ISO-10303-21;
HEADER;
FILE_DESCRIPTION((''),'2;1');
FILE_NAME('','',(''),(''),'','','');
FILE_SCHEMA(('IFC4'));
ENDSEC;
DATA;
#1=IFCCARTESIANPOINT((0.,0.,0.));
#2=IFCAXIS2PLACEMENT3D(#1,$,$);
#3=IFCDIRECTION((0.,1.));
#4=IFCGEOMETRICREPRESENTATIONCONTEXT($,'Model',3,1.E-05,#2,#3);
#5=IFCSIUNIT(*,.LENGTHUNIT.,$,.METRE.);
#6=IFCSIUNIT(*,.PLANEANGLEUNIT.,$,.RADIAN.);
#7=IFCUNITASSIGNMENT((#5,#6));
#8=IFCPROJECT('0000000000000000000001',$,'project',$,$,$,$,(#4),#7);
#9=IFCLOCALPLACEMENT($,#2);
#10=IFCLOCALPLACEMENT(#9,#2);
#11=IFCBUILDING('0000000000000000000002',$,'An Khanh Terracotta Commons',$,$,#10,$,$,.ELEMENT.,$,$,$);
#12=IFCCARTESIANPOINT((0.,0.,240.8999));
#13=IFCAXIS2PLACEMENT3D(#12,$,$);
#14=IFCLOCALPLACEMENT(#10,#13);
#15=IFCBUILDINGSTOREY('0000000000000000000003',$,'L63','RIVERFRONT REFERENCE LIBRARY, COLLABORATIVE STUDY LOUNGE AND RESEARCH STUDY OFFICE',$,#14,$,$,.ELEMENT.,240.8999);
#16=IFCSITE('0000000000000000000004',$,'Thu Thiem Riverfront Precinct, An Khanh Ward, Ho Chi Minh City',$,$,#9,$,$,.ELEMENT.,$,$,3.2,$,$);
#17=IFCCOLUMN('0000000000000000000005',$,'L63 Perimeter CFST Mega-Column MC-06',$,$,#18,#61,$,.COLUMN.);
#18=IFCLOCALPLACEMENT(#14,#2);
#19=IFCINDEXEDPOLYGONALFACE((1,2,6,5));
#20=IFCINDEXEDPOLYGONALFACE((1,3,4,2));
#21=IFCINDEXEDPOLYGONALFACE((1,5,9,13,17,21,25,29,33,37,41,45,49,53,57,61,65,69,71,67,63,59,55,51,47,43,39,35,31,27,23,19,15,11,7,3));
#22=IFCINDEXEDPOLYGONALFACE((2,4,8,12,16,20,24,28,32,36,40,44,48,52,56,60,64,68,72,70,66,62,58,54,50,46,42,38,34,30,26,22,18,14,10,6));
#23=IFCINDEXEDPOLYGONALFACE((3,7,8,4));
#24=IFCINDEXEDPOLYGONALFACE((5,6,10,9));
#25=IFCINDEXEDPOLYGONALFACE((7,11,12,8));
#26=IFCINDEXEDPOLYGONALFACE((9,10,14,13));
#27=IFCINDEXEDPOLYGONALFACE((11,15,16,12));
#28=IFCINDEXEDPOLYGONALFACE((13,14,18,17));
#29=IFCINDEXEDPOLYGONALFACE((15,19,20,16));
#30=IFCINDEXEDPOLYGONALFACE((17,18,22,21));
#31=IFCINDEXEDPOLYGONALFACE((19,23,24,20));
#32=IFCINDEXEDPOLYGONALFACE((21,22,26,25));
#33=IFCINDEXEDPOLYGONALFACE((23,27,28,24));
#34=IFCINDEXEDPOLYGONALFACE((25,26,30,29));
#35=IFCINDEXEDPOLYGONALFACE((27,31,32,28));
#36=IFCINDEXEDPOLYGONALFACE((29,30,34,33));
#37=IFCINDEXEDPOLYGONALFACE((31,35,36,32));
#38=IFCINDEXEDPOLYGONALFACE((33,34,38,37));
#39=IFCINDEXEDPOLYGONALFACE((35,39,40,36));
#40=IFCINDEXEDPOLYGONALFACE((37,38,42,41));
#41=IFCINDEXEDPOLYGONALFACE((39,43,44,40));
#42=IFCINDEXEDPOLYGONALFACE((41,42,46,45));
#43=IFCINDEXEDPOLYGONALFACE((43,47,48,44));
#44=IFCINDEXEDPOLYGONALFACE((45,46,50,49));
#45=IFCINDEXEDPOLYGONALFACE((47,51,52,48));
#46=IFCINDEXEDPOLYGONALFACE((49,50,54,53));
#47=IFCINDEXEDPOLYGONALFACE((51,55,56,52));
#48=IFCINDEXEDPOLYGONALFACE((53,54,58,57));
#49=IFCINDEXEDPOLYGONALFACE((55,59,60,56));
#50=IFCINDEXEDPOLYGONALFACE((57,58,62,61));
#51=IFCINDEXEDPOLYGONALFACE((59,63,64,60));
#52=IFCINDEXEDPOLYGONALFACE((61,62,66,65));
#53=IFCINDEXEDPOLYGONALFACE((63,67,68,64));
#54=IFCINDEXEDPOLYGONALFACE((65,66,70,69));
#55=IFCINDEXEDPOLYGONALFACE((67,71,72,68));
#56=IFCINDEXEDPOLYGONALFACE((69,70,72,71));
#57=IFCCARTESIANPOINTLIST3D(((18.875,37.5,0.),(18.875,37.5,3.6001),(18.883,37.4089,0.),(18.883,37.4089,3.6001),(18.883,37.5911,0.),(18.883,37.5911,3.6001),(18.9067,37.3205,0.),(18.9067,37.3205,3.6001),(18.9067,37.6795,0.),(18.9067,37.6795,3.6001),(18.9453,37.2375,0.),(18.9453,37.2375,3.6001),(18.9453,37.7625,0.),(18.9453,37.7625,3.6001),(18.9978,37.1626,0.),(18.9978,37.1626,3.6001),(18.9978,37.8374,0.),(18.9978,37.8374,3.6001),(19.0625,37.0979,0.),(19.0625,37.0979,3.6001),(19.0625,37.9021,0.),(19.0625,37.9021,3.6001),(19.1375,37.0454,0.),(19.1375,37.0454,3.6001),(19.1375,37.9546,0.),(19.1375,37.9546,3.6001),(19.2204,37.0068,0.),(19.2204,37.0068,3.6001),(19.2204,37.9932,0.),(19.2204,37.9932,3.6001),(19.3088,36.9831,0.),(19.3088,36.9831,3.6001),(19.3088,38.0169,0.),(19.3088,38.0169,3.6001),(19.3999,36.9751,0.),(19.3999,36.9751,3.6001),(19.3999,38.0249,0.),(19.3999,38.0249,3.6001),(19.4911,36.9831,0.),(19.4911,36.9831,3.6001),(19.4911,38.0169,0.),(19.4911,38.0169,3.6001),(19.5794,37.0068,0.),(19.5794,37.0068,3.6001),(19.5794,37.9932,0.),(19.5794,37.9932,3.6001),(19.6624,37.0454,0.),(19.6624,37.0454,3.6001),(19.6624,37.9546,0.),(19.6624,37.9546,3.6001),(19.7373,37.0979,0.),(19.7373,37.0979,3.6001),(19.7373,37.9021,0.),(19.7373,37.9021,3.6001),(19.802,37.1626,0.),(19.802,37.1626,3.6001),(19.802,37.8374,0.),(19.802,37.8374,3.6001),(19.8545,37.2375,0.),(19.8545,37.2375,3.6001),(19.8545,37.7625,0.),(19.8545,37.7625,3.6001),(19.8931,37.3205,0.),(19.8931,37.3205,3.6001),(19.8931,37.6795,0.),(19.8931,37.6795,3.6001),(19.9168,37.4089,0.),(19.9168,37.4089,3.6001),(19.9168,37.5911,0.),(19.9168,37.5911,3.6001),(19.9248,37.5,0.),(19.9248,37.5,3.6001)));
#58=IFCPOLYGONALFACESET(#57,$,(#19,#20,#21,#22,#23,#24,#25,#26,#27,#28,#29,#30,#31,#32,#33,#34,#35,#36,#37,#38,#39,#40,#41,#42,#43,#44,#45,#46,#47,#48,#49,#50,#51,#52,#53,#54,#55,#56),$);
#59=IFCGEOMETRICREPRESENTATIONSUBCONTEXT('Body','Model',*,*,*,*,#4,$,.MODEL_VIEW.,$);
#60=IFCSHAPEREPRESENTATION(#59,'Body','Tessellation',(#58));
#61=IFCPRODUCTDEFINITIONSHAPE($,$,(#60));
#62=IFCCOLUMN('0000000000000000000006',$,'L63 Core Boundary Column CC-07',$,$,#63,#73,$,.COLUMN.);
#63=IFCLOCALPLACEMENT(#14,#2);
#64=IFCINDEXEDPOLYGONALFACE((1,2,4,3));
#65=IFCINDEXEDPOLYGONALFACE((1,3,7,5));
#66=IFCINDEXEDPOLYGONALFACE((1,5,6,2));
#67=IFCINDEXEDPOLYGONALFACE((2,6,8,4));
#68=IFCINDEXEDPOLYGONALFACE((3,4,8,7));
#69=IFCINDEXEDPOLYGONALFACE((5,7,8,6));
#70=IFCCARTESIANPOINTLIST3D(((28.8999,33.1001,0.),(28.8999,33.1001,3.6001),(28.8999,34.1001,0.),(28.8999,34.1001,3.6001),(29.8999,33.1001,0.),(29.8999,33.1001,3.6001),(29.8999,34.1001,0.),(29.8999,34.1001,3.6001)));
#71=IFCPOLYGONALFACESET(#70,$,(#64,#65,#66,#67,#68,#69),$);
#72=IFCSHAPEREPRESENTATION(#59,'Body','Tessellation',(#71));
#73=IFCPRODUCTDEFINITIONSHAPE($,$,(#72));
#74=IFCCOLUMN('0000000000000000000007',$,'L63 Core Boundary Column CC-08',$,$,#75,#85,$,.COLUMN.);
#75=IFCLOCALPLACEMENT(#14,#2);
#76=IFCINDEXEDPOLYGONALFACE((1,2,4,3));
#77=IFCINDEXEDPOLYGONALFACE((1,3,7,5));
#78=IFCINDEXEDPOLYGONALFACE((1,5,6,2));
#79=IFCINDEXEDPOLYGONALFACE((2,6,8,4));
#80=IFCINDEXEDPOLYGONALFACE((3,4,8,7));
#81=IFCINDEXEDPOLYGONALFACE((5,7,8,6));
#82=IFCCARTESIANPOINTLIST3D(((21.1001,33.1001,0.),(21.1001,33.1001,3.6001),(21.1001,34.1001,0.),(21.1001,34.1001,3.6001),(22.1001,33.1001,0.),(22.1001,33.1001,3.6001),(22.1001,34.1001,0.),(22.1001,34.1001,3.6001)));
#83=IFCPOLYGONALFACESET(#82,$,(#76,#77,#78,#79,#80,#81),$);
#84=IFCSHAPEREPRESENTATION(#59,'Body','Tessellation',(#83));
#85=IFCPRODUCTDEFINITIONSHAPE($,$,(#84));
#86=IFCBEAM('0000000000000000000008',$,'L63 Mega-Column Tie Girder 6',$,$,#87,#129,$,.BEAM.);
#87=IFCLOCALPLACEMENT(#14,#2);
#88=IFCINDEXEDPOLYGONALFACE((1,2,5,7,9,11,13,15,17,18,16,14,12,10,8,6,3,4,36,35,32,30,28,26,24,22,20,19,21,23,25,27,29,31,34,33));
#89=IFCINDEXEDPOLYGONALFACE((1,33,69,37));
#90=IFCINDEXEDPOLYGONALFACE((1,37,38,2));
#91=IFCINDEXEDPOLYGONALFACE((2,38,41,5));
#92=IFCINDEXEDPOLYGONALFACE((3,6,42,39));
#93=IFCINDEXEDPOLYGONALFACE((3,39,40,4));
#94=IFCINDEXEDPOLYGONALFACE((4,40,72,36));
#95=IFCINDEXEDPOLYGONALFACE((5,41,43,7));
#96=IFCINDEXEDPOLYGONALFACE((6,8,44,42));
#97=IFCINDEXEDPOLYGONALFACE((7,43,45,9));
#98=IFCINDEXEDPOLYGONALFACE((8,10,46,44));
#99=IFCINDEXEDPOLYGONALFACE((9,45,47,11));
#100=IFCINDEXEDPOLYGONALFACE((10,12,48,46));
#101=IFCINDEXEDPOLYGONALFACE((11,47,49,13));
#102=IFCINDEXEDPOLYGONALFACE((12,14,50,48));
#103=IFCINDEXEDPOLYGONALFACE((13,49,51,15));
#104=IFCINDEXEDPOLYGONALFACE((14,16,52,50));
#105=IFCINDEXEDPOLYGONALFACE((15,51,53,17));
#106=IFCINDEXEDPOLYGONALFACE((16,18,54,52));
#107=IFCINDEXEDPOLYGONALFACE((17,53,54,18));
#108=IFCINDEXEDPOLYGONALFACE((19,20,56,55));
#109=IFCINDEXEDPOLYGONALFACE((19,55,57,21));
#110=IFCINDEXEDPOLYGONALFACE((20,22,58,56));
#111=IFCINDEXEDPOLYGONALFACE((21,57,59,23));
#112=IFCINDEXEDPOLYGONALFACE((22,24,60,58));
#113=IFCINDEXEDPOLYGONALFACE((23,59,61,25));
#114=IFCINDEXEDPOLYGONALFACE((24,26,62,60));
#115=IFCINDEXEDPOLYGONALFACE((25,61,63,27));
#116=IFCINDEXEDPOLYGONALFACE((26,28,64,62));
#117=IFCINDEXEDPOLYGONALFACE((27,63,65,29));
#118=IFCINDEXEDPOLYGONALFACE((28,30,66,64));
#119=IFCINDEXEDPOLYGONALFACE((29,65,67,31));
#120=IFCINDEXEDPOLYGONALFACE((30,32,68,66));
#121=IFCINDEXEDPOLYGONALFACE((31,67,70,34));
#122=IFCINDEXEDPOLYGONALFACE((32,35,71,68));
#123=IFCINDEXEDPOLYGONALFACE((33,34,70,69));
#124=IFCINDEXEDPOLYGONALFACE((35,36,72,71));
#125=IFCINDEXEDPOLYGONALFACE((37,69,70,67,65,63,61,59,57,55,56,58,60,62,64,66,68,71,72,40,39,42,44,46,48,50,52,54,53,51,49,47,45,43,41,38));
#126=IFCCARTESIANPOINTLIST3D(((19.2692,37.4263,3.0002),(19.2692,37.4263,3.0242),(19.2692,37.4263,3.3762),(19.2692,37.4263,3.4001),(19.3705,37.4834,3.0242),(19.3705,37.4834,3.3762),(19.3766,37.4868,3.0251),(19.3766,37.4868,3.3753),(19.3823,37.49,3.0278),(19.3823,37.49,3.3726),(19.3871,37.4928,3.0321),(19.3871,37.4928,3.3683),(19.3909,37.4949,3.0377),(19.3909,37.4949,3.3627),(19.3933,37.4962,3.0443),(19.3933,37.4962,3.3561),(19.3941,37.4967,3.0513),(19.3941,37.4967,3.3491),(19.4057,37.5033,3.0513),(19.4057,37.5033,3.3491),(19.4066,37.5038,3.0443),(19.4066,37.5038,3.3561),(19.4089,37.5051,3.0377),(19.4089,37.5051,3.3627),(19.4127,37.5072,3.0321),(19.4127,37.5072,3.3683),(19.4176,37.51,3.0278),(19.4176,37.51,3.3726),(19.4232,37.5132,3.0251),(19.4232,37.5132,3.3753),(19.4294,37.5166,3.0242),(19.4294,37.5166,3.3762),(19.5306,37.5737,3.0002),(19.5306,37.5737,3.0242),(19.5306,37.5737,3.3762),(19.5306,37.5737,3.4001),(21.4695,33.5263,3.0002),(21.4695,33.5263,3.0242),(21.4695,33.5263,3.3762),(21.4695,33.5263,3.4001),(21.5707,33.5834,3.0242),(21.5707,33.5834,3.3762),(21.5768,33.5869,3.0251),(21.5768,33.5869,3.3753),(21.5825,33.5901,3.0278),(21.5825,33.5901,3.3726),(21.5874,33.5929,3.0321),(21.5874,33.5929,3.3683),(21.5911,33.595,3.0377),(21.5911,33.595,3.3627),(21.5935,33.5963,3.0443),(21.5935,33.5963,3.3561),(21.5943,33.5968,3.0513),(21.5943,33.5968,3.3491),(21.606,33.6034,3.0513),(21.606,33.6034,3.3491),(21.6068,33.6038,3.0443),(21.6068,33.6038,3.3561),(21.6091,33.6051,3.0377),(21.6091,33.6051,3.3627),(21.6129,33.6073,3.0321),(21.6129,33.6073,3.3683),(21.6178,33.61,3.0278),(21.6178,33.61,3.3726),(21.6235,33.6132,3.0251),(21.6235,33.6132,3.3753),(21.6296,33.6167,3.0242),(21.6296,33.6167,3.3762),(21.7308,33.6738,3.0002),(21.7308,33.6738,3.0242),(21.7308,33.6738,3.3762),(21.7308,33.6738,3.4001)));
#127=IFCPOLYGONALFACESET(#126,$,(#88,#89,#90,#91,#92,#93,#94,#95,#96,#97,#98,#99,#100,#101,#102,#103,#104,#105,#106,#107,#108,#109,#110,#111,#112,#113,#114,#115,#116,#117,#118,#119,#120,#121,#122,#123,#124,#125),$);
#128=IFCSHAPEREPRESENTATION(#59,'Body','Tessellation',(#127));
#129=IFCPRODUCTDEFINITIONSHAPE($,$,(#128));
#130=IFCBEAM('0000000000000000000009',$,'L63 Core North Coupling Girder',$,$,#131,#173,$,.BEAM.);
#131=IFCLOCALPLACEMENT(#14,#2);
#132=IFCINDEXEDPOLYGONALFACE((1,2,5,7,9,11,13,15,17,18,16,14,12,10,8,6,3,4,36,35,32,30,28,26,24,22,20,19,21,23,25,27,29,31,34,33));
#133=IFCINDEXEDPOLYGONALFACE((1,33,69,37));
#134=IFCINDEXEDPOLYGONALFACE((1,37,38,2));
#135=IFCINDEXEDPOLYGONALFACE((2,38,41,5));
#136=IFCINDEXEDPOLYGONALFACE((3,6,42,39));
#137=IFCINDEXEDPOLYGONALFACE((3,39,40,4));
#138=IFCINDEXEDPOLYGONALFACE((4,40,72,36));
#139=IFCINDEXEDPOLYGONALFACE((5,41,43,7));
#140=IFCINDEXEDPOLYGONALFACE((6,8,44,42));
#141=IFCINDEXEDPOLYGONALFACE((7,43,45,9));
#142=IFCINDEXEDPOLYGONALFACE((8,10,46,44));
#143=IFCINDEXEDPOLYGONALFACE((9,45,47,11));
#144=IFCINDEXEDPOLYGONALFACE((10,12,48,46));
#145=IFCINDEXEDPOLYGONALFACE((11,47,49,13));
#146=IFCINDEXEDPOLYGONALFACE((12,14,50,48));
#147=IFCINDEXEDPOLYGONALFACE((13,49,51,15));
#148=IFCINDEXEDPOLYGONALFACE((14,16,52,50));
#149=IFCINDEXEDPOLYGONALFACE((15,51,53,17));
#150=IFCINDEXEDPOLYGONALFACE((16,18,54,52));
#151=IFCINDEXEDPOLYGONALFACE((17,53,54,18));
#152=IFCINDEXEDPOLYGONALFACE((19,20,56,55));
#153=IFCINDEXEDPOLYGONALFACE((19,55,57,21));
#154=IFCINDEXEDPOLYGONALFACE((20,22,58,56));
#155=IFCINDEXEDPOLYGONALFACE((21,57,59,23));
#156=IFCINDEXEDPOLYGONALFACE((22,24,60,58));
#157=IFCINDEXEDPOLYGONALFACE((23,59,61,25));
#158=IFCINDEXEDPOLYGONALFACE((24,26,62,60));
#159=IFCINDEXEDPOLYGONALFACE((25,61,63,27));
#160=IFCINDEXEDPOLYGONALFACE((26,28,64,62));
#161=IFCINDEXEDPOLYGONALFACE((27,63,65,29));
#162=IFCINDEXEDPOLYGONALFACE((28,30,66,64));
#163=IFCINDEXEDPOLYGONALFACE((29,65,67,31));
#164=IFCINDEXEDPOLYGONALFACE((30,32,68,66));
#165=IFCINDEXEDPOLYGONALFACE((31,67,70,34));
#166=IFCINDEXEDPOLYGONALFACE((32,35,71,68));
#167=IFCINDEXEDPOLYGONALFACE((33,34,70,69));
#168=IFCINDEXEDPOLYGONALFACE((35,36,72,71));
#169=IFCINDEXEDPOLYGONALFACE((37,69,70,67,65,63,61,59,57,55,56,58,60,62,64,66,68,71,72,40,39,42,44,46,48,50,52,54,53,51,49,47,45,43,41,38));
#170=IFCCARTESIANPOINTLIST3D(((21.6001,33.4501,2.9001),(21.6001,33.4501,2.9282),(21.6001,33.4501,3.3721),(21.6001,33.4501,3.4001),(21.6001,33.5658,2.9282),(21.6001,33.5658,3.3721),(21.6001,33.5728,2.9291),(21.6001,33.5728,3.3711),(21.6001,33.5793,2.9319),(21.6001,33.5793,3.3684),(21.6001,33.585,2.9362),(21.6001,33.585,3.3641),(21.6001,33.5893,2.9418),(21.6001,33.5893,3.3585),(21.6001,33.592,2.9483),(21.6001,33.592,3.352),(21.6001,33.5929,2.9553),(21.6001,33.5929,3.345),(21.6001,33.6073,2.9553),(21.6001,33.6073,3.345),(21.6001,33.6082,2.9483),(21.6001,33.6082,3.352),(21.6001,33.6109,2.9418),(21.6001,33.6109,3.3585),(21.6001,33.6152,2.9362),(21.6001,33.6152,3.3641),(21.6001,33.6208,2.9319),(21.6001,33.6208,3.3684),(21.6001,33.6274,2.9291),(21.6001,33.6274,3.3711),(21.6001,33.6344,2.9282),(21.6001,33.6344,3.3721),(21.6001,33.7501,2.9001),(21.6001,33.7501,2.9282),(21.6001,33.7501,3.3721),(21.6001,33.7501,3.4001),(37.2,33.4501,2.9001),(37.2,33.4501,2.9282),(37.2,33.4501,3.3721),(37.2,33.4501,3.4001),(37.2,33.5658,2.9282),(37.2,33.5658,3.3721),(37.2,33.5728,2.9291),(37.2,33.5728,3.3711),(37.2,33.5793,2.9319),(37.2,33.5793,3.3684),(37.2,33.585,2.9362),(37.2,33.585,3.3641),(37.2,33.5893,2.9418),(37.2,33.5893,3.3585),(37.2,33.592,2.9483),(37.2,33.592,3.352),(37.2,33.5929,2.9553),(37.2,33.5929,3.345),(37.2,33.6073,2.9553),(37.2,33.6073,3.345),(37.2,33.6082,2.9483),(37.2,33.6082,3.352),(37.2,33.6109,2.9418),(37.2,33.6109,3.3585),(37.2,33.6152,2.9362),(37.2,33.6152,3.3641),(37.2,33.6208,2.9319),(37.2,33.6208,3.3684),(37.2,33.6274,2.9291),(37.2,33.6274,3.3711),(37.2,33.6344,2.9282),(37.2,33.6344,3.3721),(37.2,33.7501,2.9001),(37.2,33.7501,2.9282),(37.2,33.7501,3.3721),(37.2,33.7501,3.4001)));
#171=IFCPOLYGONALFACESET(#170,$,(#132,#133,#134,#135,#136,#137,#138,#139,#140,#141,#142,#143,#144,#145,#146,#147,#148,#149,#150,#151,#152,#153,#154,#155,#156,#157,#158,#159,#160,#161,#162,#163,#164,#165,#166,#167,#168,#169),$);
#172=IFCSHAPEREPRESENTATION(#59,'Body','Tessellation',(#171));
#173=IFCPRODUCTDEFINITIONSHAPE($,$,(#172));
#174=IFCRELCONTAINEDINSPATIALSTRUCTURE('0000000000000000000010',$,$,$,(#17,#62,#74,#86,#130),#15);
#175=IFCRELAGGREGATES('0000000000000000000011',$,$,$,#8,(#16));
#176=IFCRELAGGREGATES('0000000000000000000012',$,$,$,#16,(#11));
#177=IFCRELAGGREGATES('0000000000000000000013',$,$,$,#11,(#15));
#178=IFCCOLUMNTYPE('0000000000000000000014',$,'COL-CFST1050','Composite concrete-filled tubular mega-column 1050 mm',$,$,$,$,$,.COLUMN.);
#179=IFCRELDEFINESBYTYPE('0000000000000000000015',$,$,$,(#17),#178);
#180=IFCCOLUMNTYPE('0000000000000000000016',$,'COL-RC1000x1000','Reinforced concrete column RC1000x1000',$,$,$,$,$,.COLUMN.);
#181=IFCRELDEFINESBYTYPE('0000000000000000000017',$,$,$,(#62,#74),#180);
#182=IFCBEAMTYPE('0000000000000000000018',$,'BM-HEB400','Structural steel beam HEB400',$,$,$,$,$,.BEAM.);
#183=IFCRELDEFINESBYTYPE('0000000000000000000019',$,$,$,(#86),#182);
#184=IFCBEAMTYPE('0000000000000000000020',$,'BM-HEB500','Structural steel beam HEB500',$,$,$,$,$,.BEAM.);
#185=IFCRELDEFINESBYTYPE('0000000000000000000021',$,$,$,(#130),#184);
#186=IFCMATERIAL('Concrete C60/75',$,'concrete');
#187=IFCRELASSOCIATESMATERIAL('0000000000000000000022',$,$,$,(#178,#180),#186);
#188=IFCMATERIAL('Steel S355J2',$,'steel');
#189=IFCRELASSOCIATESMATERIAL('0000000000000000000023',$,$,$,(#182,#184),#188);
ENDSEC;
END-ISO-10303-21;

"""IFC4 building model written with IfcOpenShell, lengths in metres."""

from ifc_helpers import new_model, si_unit, direction, frame, origin, origin_2d, place, context, subcontext, project, spatial, rectangle, circle, i_section, extrude, material, material_profile, profile_set, type_object, element, save


model = new_model("IFC4")

# Units and contexts
model_context = context("Model", 3, precision=1e-05, world=origin(), true_north=direction((0.0, 1.0)))
body_context = subcontext(model_context, "Body", "Model", "MODEL_VIEW")
ifc_project = project(units=[si_unit("LENGTHUNIT", "METRE"), si_unit("PLANEANGLEUNIT", "RADIAN")], contexts=[model_context])

# Site, building, storey
site_placement = place(None, origin())
site = spatial("IfcSite", under=ifc_project, at=site_placement, Name="Thu Thiem Riverfront Precinct, An Khanh Ward, Ho Chi Minh City", CompositionType="ELEMENT", RefElevation=3.2)
building_placement = place(site_placement, origin())
building = spatial("IfcBuilding", under=site, at=building_placement, Name="An Khanh Terracotta Commons", CompositionType="ELEMENT")
storey_placement = place(building_placement, frame((0.0, 0.0, 240.8999)))
storey = spatial("IfcBuildingStorey", under=building, at=storey_placement, Name="L63", Description="RIVERFRONT REFERENCE LIBRARY, COLLABORATIVE STUDY LOUNGE AND RESEARCH STUDY OFFICE", CompositionType="ELEMENT", Elevation=240.8999)

# Columns
ifc_material_1 = material(Name="Concrete C60/75", Category="concrete")
ifc_material_profile_1 = material_profile(ifc_material_1, circle(Radius=0.5249, at=origin_2d()), Name="CFST1050")
ifc_profile_set_1 = profile_set([ifc_material_profile_1], Name="Concrete C60/75")
column_type_1 = type_object("IfcColumnType", Name="COL-CFST1050", Description="Composite concrete-filled tubular mega-column 1050 mm", PredefinedType="COLUMN", material=ifc_profile_set_1)
column_placement = place(storey_placement, frame((19.3999, 37.5, 0.0), z_axis=(0.0, 0.0, 1.0), x_axis=(1.0, 0.0, 0.0)))
element("IfcColumn", 1, at=column_placement, inside=storey, type_object=column_type_1, Name="L63 Perimeter CFST Mega-Column MC-06", PredefinedType="COLUMN", context=body_context, shape_type="SweptSolid", body=[
    extrude(circle(Radius=0.5249, at=origin_2d()), origin(), (0.0, 0.0, 1.0), 3.6001),
])
ifc_material_profile_2 = material_profile(ifc_material_1, rectangle(XDim=1.0, YDim=1.0, at=origin_2d()), Name="RC1000x1000")
ifc_profile_set_2 = profile_set([ifc_material_profile_2], Name="Concrete C60/75")
column_type_2 = type_object("IfcColumnType", Name="COL-RC1000x1000", Description="Reinforced concrete column RC1000x1000", PredefinedType="COLUMN", material=ifc_profile_set_2)
for number, where, z_axis, x_axis, name in (
    (2, (29.3999, 33.6001, 0.0), (0.0, 0.0, 1.0), (1.0, 0.0, 0.0), "L63 Core Boundary Column CC-07"),
    (3, (21.6001, 33.6001, 0.0), (0.0, 0.0, 1.0), (1.0, 0.0, 0.0), "L63 Core Boundary Column CC-08"),
):
    element("IfcColumn", number, at=place(storey_placement, frame(where, z_axis=z_axis, x_axis=x_axis)), inside=storey, type_object=column_type_2, Name=name, PredefinedType="COLUMN", context=body_context, shape_type="SweptSolid", body=[
        extrude(rectangle(XDim=1.0, YDim=1.0, at=origin_2d()), origin(), (0.0, 0.0, 1.0), 3.6001),
    ])

# Beams
ifc_material_2 = material(Name="Steel S355J2", Category="steel")
ifc_material_profile_3 = material_profile(ifc_material_2, i_section(OverallWidth=0.3, OverallDepth=0.3999, WebThickness=0.0134, FlangeThickness=0.0239, FilletRadius=0.0271, at=origin_2d()), Name="HEB400")
ifc_profile_set_3 = profile_set([ifc_material_profile_3], Name="Steel S355J2")
beam_type_1 = type_object("IfcBeamType", Name="BM-HEB400", Description="Structural steel beam HEB400", PredefinedType="BEAM", material=ifc_profile_set_3)
beam_1_placement = place(storey_placement, frame((19.3999, 37.5, 3.2002), z_axis=(0.491364, -0.870955, 0.0), x_axis=(0.870955, 0.491364, 0.0)))
element("IfcBeam", 4, at=beam_1_placement, inside=storey, type_object=beam_type_1, Name="L63 Mega-Column Tie Girder 6", PredefinedType="BEAM", context=body_context, shape_type="SweptSolid", body=[
    extrude(i_section(OverallWidth=0.3, OverallDepth=0.3999, WebThickness=0.0134, FlangeThickness=0.0239, FilletRadius=0.0271, at=origin_2d()), origin(), (0.0, 0.0, 1.0), 4.4778),
])
ifc_material_profile_4 = material_profile(ifc_material_2, i_section(OverallWidth=0.3, OverallDepth=0.5, WebThickness=0.0144, FlangeThickness=0.0281, FilletRadius=0.0271, at=origin_2d()), Name="HEB500")
ifc_profile_set_4 = profile_set([ifc_material_profile_4], Name="Steel S355J2")
beam_type_2 = type_object("IfcBeamType", Name="BM-HEB500", Description="Structural steel beam HEB500", PredefinedType="BEAM", material=ifc_profile_set_4)
beam_2_placement = place(storey_placement, frame((21.6001, 33.6001, 3.1501), z_axis=(1.0, 0.0, 0.0), x_axis=(0.0, 1.0, 0.0)))
element("IfcBeam", 5, at=beam_2_placement, inside=storey, type_object=beam_type_2, Name="L63 Core North Coupling Girder", PredefinedType="BEAM", context=body_context, shape_type="SweptSolid", body=[
    extrude(i_section(OverallWidth=0.3, OverallDepth=0.5, WebThickness=0.0144, FlangeThickness=0.0281, FilletRadius=0.0271, at=origin_2d()), origin(), (0.0, 0.0, 1.0), 15.5999),
])

save(model, "model.ifc")
